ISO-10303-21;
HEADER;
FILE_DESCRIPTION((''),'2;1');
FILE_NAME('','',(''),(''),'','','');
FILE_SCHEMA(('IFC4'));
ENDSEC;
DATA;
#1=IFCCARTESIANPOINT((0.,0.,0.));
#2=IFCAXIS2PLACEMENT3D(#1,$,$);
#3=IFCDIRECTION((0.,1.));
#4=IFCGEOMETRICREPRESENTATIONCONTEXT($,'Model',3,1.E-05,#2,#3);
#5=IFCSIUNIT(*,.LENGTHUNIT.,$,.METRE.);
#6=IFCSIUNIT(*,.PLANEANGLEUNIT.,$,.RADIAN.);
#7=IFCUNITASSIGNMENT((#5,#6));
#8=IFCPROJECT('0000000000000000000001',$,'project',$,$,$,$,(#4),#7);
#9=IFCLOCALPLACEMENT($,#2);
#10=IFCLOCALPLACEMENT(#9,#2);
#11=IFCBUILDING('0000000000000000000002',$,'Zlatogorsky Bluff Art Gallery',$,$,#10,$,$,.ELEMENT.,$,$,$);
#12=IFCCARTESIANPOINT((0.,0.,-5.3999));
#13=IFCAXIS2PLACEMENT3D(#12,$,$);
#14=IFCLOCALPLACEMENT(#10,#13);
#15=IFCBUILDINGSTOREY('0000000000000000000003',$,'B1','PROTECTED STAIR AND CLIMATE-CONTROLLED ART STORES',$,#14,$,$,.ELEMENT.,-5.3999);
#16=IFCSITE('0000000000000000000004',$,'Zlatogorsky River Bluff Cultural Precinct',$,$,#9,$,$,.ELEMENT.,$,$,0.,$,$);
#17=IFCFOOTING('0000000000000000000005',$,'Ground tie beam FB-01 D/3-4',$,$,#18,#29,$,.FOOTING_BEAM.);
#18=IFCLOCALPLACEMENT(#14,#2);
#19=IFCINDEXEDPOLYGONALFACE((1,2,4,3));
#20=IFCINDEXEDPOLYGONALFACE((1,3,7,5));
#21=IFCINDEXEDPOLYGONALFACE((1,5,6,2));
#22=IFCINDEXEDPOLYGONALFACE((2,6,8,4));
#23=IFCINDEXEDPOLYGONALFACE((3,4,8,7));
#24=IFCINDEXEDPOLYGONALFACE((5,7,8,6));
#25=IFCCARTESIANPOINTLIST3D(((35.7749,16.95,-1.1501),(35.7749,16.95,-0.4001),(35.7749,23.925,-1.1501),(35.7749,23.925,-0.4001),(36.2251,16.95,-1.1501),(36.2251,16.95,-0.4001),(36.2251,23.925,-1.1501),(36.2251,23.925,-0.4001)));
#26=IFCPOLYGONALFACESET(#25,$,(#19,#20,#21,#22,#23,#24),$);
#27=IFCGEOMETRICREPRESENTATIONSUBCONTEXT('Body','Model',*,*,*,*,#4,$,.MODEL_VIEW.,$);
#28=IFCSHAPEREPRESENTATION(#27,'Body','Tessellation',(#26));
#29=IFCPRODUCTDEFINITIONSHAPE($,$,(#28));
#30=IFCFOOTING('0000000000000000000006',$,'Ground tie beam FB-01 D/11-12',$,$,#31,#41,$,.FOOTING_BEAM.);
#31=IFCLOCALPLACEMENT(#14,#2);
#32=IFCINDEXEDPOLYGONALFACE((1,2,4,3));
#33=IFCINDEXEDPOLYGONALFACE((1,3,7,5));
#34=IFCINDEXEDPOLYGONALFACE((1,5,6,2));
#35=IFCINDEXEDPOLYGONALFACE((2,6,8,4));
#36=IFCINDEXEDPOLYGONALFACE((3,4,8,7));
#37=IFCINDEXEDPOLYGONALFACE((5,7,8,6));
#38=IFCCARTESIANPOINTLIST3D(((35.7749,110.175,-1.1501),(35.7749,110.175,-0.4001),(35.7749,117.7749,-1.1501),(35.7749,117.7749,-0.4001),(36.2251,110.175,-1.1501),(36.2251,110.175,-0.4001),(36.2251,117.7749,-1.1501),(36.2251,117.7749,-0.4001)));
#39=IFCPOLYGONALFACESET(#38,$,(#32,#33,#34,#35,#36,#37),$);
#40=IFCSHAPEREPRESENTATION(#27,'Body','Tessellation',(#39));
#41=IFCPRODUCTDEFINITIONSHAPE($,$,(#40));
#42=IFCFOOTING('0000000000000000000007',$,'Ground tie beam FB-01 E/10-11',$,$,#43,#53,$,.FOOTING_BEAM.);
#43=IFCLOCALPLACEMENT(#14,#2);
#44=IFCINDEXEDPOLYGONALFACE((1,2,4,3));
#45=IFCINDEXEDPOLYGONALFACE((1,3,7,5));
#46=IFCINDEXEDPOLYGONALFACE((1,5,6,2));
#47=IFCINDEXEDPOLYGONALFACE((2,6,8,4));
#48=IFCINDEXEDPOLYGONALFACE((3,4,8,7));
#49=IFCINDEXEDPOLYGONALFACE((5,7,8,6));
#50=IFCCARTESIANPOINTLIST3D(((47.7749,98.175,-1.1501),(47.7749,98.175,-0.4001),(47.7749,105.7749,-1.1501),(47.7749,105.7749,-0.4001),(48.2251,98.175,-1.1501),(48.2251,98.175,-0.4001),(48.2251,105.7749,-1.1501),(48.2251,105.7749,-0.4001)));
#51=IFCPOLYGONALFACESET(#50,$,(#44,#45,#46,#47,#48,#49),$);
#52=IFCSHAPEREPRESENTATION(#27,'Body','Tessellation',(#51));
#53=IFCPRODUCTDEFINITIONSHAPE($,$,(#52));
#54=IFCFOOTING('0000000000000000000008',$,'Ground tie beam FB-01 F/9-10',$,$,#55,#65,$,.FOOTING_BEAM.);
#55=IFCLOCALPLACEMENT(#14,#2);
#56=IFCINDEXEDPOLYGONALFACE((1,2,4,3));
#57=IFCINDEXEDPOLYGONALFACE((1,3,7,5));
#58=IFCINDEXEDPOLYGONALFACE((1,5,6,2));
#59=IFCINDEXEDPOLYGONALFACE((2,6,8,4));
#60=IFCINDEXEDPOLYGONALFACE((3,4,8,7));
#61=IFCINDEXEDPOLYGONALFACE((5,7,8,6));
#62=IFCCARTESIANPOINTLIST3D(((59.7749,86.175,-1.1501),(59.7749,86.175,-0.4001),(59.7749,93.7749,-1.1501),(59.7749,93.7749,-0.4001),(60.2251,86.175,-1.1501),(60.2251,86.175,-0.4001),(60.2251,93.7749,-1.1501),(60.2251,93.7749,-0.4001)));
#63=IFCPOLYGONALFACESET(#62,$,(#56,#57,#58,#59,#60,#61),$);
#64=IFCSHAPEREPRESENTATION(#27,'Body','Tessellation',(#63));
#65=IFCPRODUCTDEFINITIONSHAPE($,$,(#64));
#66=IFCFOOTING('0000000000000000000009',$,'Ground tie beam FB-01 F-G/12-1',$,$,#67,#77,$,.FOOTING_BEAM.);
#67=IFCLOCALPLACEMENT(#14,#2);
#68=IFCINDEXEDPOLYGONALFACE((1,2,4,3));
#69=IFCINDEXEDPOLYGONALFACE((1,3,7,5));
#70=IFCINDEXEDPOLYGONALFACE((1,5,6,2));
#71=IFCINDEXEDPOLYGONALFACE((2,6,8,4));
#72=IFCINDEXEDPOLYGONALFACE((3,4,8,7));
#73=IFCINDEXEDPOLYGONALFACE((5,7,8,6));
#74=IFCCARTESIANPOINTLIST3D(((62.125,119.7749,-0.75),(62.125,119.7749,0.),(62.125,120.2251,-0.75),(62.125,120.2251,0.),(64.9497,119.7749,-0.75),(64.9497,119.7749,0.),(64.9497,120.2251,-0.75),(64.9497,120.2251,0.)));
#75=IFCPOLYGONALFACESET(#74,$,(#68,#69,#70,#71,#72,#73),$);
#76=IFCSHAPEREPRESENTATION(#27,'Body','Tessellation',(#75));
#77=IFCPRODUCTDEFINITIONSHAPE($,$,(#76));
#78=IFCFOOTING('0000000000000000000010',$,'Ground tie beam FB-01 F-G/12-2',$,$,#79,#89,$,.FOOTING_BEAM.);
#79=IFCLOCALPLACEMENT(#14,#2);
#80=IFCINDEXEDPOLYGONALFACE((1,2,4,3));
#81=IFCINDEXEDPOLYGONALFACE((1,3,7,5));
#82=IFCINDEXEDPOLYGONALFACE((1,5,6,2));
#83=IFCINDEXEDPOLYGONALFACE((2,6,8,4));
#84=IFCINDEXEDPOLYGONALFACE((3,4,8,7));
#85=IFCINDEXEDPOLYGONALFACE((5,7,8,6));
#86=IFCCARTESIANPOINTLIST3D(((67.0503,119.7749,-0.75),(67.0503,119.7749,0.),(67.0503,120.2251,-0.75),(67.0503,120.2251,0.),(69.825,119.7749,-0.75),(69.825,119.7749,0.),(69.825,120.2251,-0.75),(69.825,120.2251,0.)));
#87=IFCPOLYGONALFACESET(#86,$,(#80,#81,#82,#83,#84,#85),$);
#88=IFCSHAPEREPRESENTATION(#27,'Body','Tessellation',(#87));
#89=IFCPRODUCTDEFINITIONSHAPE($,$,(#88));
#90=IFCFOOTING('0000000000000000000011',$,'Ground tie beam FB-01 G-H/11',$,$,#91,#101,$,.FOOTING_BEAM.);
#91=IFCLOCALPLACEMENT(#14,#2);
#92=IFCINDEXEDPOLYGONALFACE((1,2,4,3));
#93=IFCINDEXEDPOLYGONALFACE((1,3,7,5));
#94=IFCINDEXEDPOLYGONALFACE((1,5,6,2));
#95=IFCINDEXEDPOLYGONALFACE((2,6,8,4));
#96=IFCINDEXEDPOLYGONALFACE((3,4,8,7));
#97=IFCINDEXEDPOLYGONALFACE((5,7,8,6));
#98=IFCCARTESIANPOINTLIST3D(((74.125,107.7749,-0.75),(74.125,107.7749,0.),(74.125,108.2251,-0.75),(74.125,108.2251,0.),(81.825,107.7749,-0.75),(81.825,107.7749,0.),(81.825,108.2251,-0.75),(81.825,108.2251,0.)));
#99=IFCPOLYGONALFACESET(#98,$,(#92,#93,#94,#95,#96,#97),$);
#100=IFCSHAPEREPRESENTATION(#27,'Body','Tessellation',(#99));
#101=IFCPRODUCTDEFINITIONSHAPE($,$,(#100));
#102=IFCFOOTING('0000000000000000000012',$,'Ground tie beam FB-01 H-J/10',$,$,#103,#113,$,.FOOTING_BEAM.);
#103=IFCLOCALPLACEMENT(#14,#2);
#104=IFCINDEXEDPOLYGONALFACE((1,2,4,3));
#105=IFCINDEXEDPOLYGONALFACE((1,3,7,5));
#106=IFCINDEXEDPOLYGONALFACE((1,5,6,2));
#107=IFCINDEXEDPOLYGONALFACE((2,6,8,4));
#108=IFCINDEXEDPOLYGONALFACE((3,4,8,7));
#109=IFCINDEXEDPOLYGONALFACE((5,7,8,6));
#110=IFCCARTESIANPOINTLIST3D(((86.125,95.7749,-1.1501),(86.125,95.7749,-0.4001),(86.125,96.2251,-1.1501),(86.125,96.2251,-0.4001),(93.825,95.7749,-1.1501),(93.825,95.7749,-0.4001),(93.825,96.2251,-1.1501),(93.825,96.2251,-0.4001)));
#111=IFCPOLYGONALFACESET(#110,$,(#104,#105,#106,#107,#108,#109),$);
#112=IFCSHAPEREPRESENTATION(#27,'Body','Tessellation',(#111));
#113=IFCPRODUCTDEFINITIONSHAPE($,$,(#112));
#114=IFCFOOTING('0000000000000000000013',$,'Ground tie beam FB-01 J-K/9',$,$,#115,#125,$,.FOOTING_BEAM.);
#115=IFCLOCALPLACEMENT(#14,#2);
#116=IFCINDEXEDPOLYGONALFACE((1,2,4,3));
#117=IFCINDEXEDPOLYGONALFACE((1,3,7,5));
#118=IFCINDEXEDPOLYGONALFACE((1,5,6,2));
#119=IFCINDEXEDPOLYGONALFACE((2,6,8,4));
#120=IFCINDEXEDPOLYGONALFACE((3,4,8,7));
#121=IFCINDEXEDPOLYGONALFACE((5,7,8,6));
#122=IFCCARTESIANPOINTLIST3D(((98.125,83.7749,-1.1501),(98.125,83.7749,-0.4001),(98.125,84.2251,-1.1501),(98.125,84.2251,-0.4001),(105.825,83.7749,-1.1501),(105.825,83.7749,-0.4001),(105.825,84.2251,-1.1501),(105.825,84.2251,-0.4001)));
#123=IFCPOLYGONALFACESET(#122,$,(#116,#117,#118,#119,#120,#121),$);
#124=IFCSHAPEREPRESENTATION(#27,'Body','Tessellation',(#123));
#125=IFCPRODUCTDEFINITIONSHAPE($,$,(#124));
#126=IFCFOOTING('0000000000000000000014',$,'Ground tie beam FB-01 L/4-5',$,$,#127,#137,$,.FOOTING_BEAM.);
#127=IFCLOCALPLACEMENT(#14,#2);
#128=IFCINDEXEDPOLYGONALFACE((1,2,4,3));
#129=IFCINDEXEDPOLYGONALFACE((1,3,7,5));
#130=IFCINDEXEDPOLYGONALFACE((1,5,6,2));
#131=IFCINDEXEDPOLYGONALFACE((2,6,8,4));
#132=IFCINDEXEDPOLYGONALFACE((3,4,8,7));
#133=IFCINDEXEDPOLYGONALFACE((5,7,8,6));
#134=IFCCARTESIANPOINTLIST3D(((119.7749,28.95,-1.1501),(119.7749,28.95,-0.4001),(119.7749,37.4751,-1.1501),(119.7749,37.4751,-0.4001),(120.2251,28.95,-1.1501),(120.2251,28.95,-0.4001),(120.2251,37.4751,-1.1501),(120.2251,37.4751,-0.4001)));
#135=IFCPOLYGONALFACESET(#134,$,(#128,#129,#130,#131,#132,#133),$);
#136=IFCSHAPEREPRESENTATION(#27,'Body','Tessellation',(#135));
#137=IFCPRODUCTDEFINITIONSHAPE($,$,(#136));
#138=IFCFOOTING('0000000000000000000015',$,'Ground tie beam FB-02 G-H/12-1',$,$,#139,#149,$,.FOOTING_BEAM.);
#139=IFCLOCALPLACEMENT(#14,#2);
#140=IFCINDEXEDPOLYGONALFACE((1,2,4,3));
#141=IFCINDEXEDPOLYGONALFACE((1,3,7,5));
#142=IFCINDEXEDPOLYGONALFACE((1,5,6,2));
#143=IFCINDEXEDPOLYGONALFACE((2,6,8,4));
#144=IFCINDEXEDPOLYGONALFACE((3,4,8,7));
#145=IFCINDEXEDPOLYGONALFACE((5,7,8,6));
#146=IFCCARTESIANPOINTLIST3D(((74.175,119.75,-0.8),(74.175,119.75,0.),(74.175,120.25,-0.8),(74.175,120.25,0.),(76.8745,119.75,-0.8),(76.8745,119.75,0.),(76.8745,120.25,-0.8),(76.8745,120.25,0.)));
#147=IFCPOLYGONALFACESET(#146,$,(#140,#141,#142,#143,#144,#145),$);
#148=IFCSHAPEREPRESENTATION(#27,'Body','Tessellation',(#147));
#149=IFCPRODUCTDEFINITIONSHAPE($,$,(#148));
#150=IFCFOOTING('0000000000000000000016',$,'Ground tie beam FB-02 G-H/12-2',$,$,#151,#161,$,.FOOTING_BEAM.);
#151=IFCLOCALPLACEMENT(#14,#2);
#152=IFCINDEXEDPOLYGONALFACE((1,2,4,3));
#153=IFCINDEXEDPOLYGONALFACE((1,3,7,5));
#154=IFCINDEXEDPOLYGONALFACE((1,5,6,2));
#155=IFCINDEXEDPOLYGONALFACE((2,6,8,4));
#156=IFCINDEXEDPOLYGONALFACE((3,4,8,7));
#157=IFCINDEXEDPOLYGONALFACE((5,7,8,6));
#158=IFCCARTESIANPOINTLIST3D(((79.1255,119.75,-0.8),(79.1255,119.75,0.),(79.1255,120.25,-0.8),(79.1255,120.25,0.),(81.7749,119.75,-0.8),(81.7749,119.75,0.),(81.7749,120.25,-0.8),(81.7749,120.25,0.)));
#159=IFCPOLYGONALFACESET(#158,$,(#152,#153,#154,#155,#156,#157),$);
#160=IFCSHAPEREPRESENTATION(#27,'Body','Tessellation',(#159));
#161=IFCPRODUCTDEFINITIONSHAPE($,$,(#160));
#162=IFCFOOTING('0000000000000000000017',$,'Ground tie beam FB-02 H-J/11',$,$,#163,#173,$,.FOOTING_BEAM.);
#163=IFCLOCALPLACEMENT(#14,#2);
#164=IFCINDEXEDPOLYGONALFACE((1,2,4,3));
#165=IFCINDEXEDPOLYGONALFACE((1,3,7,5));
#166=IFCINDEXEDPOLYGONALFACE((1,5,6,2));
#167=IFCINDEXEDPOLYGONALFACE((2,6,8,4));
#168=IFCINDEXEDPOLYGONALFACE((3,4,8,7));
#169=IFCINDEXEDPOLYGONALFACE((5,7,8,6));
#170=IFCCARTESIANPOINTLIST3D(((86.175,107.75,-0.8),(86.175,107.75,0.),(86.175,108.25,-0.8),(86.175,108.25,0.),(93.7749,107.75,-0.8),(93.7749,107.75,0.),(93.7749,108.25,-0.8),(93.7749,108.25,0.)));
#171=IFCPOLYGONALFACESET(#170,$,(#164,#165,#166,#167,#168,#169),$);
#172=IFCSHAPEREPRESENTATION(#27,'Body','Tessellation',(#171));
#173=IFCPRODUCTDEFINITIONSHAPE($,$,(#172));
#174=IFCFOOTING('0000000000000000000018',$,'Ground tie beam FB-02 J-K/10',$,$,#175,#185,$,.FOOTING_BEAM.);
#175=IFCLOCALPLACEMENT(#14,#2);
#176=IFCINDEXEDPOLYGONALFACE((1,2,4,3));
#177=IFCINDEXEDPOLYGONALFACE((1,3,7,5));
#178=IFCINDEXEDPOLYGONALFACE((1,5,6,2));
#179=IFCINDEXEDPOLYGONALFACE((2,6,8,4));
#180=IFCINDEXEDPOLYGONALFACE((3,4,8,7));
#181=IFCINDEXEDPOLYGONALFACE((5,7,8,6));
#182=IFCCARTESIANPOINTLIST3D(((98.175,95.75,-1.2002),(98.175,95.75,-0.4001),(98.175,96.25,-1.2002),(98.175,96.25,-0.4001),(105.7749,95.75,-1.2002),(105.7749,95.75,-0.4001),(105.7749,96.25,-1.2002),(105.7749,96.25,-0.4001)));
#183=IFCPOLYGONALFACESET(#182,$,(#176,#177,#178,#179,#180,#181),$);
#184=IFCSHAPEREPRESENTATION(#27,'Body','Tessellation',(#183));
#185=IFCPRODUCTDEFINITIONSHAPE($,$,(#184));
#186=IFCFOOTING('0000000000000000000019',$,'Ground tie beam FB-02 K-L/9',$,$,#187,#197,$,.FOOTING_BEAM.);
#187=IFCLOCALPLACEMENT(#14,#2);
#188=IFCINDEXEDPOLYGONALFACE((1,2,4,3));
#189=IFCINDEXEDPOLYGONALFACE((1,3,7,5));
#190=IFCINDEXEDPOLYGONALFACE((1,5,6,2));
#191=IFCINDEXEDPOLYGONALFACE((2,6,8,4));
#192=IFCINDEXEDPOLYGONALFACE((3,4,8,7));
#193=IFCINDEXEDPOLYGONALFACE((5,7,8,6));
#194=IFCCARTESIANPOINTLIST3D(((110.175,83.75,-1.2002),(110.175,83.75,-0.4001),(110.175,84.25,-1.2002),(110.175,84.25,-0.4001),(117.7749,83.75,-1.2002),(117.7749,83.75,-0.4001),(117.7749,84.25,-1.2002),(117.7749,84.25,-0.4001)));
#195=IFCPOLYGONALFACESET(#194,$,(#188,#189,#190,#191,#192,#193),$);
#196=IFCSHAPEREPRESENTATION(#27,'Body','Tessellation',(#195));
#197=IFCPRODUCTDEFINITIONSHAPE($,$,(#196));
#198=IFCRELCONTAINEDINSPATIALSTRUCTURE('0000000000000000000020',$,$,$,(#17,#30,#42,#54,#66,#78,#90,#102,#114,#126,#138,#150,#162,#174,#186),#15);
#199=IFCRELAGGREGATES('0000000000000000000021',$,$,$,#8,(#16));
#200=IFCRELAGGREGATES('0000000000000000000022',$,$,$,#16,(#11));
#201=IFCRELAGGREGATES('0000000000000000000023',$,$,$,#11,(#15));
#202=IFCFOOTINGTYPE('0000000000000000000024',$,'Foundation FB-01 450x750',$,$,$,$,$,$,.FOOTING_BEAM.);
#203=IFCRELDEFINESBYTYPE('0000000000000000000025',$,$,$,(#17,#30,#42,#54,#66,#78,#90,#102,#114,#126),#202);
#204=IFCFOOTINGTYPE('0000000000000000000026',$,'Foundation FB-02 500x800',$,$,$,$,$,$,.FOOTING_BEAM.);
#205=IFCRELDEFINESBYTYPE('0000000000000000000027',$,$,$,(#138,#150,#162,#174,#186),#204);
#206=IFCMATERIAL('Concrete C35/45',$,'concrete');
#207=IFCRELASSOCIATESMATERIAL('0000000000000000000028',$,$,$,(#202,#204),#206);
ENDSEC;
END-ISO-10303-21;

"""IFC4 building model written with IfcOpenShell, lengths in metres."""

from ifc_helpers import new_model, si_unit, direction, frame, origin, place, context, subcontext, project, spatial, polyline, outline, extrude, material, type_object, element, save


model = new_model("IFC4")

# Units and contexts
model_context = context("Model", 3, precision=1e-05, world=origin(), true_north=direction((0.0, 1.0)))
body_context = subcontext(model_context, "Body", "Model", "MODEL_VIEW")
ifc_project = project(units=[si_unit("LENGTHUNIT", "METRE"), si_unit("PLANEANGLEUNIT", "RADIAN")], contexts=[model_context])

# Site, building, storey
site_placement = place(None, origin())
site = spatial("IfcSite", under=ifc_project, at=site_placement, Name="Zlatogorsky River Bluff Cultural Precinct", CompositionType="ELEMENT", RefElevation=0.0)
building_placement = place(site_placement, origin())
building = spatial("IfcBuilding", under=site, at=building_placement, Name="Zlatogorsky Bluff Art Gallery", CompositionType="ELEMENT")
storey_placement = place(building_placement, frame((0.0, 0.0, -5.3999)))
storey = spatial("IfcBuildingStorey", under=building, at=storey_placement, Name="B1", Description="PROTECTED STAIR AND CLIMATE-CONTROLLED ART STORES", CompositionType="ELEMENT", Elevation=-5.3999)

# Footings
ifc_material = material(Name="Concrete C35/45", Category="concrete")
footing_type_1 = type_object("IfcFootingType", Name="Foundation FB-01 450x750", PredefinedType="FOOTING_BEAM", material=ifc_material)
footing_1_placement = place(storey_placement, frame((0.0, 0.0, -1.1501)))
element("IfcFooting", 1, at=footing_1_placement, inside=storey, type_object=footing_type_1, Name="Ground tie beam FB-01 D/3-4", PredefinedType="FOOTING_BEAM", context=body_context, shape_type="SweptSolid", body=[
    extrude(outline(polyline([(35.7749, 16.95), (36.2251, 16.95), (36.2251, 23.925), (35.7749, 23.925), (35.7749, 16.95)])), origin(), (0.0, 0.0, 1.0), 0.75),
])
footing_2_placement = place(storey_placement, frame((0.0, 0.0, -1.1501)))
element("IfcFooting", 2, at=footing_2_placement, inside=storey, type_object=footing_type_1, Name="Ground tie beam FB-01 D/11-12", PredefinedType="FOOTING_BEAM", context=body_context, shape_type="SweptSolid", body=[
    extrude(outline(polyline([(35.7749, 110.175), (36.2251, 110.175), (36.2251, 117.7749), (35.7749, 117.7749), (35.7749, 110.175)])), origin(), (0.0, 0.0, 1.0), 0.75),
])
footing_3_placement = place(storey_placement, frame((0.0, 0.0, -1.1501)))
element("IfcFooting", 3, at=footing_3_placement, inside=storey, type_object=footing_type_1, Name="Ground tie beam FB-01 E/10-11", PredefinedType="FOOTING_BEAM", context=body_context, shape_type="SweptSolid", body=[
    extrude(outline(polyline([(47.7749, 98.175), (48.2251, 98.175), (48.2251, 105.7749), (47.7749, 105.7749), (47.7749, 98.175)])), origin(), (0.0, 0.0, 1.0), 0.75),
])
footing_4_placement = place(storey_placement, frame((0.0, 0.0, -1.1501)))
element("IfcFooting", 4, at=footing_4_placement, inside=storey, type_object=footing_type_1, Name="Ground tie beam FB-01 F/9-10", PredefinedType="FOOTING_BEAM", context=body_context, shape_type="SweptSolid", body=[
    extrude(outline(polyline([(59.7749, 86.175), (60.2251, 86.175), (60.2251, 93.7749), (59.7749, 93.7749), (59.7749, 86.175)])), origin(), (0.0, 0.0, 1.0), 0.75),
])
footing_5_placement = place(storey_placement, frame((0.0, 0.0, -0.75)))
element("IfcFooting", 5, at=footing_5_placement, inside=storey, type_object=footing_type_1, Name="Ground tie beam FB-01 F-G/12-1", PredefinedType="FOOTING_BEAM", context=body_context, shape_type="SweptSolid", body=[
    extrude(outline(polyline([(62.125, 119.7749), (64.9497, 119.7749), (64.9497, 120.2251), (62.125, 120.2251), (62.125, 119.7749)])), origin(), (0.0, 0.0, 1.0), 0.75),
])
footing_6_placement = place(storey_placement, frame((0.0, 0.0, -0.75)))
element("IfcFooting", 6, at=footing_6_placement, inside=storey, type_object=footing_type_1, Name="Ground tie beam FB-01 F-G/12-2", PredefinedType="FOOTING_BEAM", context=body_context, shape_type="SweptSolid", body=[
    extrude(outline(polyline([(67.0503, 119.7749), (69.825, 119.7749), (69.825, 120.2251), (67.0503, 120.2251), (67.0503, 119.7749)])), origin(), (0.0, 0.0, 1.0), 0.75),
])
footing_7_placement = place(storey_placement, frame((0.0, 0.0, -0.75)))
element("IfcFooting", 7, at=footing_7_placement, inside=storey, type_object=footing_type_1, Name="Ground tie beam FB-01 G-H/11", PredefinedType="FOOTING_BEAM", context=body_context, shape_type="SweptSolid", body=[
    extrude(outline(polyline([(74.125, 107.7749), (81.825, 107.7749), (81.825, 108.2251), (74.125, 108.2251), (74.125, 107.7749)])), origin(), (0.0, 0.0, 1.0), 0.75),
])
footing_8_placement = place(storey_placement, frame((0.0, 0.0, -1.1501)))
element("IfcFooting", 8, at=footing_8_placement, inside=storey, type_object=footing_type_1, Name="Ground tie beam FB-01 H-J/10", PredefinedType="FOOTING_BEAM", context=body_context, shape_type="SweptSolid", body=[
    extrude(outline(polyline([(86.125, 95.7749), (93.825, 95.7749), (93.825, 96.2251), (86.125, 96.2251), (86.125, 95.7749)])), origin(), (0.0, 0.0, 1.0), 0.75),
])
footing_9_placement = place(storey_placement, frame((0.0, 0.0, -1.1501)))
element("IfcFooting", 9, at=footing_9_placement, inside=storey, type_object=footing_type_1, Name="Ground tie beam FB-01 J-K/9", PredefinedType="FOOTING_BEAM", context=body_context, shape_type="SweptSolid", body=[
    extrude(outline(polyline([(98.125, 83.7749), (105.825, 83.7749), (105.825, 84.2251), (98.125, 84.2251), (98.125, 83.7749)])), origin(), (0.0, 0.0, 1.0), 0.75),
])
footing_10_placement = place(storey_placement, frame((0.0, 0.0, -1.1501)))
element("IfcFooting", 10, at=footing_10_placement, inside=storey, type_object=footing_type_1, Name="Ground tie beam FB-01 L/4-5", PredefinedType="FOOTING_BEAM", context=body_context, shape_type="SweptSolid", body=[
    extrude(outline(polyline([(119.7749, 28.95), (120.2251, 28.95), (120.2251, 37.4751), (119.7749, 37.4751), (119.7749, 28.95)])), origin(), (0.0, 0.0, 1.0), 0.75),
])
footing_type_2 = type_object("IfcFootingType", Name="Foundation FB-02 500x800", PredefinedType="FOOTING_BEAM", material=ifc_material)
footing_11_placement = place(storey_placement, frame((0.0, 0.0, -0.8)))
element("IfcFooting", 11, at=footing_11_placement, inside=storey, type_object=footing_type_2, Name="Ground tie beam FB-02 G-H/12-1", PredefinedType="FOOTING_BEAM", context=body_context, shape_type="SweptSolid", body=[
    extrude(outline(polyline([(74.175, 119.75), (76.8745, 119.75), (76.8745, 120.25), (74.175, 120.25), (74.175, 119.75)])), origin(), (0.0, 0.0, 1.0), 0.8),
])
footing_12_placement = place(storey_placement, frame((0.0, 0.0, -0.8)))
element("IfcFooting", 12, at=footing_12_placement, inside=storey, type_object=footing_type_2, Name="Ground tie beam FB-02 G-H/12-2", PredefinedType="FOOTING_BEAM", context=body_context, shape_type="SweptSolid", body=[
    extrude(outline(polyline([(79.1255, 119.75), (81.7749, 119.75), (81.7749, 120.25), (79.1255, 120.25), (79.1255, 119.75)])), origin(), (0.0, 0.0, 1.0), 0.8),
])
footing_13_placement = place(storey_placement, frame((0.0, 0.0, -0.8)))
element("IfcFooting", 13, at=footing_13_placement, inside=storey, type_object=footing_type_2, Name="Ground tie beam FB-02 H-J/11", PredefinedType="FOOTING_BEAM", context=body_context, shape_type="SweptSolid", body=[
    extrude(outline(polyline([(86.175, 107.75), (93.7749, 107.75), (93.7749, 108.25), (86.175, 108.25), (86.175, 107.75)])), origin(), (0.0, 0.0, 1.0), 0.8),
])
footing_14_placement = place(storey_placement, frame((0.0, 0.0, -1.2002)))
element("IfcFooting", 14, at=footing_14_placement, inside=storey, type_object=footing_type_2, Name="Ground tie beam FB-02 J-K/10", PredefinedType="FOOTING_BEAM", context=body_context, shape_type="SweptSolid", body=[
    extrude(outline(polyline([(98.175, 95.75), (105.7749, 95.75), (105.7749, 96.25), (98.175, 96.25), (98.175, 95.75)])), origin(), (0.0, 0.0, 1.0), 0.8),
])
footing_15_placement = place(storey_placement, frame((0.0, 0.0, -1.2002)))
element("IfcFooting", 15, at=footing_15_placement, inside=storey, type_object=footing_type_2, Name="Ground tie beam FB-02 K-L/9", PredefinedType="FOOTING_BEAM", context=body_context, shape_type="SweptSolid", body=[
    extrude(outline(polyline([(110.175, 83.75), (117.7749, 83.75), (117.7749, 84.25), (110.175, 84.25), (110.175, 83.75)])), origin(), (0.0, 0.0, 1.0), 0.8),
])

save(model, "model.ifc")
